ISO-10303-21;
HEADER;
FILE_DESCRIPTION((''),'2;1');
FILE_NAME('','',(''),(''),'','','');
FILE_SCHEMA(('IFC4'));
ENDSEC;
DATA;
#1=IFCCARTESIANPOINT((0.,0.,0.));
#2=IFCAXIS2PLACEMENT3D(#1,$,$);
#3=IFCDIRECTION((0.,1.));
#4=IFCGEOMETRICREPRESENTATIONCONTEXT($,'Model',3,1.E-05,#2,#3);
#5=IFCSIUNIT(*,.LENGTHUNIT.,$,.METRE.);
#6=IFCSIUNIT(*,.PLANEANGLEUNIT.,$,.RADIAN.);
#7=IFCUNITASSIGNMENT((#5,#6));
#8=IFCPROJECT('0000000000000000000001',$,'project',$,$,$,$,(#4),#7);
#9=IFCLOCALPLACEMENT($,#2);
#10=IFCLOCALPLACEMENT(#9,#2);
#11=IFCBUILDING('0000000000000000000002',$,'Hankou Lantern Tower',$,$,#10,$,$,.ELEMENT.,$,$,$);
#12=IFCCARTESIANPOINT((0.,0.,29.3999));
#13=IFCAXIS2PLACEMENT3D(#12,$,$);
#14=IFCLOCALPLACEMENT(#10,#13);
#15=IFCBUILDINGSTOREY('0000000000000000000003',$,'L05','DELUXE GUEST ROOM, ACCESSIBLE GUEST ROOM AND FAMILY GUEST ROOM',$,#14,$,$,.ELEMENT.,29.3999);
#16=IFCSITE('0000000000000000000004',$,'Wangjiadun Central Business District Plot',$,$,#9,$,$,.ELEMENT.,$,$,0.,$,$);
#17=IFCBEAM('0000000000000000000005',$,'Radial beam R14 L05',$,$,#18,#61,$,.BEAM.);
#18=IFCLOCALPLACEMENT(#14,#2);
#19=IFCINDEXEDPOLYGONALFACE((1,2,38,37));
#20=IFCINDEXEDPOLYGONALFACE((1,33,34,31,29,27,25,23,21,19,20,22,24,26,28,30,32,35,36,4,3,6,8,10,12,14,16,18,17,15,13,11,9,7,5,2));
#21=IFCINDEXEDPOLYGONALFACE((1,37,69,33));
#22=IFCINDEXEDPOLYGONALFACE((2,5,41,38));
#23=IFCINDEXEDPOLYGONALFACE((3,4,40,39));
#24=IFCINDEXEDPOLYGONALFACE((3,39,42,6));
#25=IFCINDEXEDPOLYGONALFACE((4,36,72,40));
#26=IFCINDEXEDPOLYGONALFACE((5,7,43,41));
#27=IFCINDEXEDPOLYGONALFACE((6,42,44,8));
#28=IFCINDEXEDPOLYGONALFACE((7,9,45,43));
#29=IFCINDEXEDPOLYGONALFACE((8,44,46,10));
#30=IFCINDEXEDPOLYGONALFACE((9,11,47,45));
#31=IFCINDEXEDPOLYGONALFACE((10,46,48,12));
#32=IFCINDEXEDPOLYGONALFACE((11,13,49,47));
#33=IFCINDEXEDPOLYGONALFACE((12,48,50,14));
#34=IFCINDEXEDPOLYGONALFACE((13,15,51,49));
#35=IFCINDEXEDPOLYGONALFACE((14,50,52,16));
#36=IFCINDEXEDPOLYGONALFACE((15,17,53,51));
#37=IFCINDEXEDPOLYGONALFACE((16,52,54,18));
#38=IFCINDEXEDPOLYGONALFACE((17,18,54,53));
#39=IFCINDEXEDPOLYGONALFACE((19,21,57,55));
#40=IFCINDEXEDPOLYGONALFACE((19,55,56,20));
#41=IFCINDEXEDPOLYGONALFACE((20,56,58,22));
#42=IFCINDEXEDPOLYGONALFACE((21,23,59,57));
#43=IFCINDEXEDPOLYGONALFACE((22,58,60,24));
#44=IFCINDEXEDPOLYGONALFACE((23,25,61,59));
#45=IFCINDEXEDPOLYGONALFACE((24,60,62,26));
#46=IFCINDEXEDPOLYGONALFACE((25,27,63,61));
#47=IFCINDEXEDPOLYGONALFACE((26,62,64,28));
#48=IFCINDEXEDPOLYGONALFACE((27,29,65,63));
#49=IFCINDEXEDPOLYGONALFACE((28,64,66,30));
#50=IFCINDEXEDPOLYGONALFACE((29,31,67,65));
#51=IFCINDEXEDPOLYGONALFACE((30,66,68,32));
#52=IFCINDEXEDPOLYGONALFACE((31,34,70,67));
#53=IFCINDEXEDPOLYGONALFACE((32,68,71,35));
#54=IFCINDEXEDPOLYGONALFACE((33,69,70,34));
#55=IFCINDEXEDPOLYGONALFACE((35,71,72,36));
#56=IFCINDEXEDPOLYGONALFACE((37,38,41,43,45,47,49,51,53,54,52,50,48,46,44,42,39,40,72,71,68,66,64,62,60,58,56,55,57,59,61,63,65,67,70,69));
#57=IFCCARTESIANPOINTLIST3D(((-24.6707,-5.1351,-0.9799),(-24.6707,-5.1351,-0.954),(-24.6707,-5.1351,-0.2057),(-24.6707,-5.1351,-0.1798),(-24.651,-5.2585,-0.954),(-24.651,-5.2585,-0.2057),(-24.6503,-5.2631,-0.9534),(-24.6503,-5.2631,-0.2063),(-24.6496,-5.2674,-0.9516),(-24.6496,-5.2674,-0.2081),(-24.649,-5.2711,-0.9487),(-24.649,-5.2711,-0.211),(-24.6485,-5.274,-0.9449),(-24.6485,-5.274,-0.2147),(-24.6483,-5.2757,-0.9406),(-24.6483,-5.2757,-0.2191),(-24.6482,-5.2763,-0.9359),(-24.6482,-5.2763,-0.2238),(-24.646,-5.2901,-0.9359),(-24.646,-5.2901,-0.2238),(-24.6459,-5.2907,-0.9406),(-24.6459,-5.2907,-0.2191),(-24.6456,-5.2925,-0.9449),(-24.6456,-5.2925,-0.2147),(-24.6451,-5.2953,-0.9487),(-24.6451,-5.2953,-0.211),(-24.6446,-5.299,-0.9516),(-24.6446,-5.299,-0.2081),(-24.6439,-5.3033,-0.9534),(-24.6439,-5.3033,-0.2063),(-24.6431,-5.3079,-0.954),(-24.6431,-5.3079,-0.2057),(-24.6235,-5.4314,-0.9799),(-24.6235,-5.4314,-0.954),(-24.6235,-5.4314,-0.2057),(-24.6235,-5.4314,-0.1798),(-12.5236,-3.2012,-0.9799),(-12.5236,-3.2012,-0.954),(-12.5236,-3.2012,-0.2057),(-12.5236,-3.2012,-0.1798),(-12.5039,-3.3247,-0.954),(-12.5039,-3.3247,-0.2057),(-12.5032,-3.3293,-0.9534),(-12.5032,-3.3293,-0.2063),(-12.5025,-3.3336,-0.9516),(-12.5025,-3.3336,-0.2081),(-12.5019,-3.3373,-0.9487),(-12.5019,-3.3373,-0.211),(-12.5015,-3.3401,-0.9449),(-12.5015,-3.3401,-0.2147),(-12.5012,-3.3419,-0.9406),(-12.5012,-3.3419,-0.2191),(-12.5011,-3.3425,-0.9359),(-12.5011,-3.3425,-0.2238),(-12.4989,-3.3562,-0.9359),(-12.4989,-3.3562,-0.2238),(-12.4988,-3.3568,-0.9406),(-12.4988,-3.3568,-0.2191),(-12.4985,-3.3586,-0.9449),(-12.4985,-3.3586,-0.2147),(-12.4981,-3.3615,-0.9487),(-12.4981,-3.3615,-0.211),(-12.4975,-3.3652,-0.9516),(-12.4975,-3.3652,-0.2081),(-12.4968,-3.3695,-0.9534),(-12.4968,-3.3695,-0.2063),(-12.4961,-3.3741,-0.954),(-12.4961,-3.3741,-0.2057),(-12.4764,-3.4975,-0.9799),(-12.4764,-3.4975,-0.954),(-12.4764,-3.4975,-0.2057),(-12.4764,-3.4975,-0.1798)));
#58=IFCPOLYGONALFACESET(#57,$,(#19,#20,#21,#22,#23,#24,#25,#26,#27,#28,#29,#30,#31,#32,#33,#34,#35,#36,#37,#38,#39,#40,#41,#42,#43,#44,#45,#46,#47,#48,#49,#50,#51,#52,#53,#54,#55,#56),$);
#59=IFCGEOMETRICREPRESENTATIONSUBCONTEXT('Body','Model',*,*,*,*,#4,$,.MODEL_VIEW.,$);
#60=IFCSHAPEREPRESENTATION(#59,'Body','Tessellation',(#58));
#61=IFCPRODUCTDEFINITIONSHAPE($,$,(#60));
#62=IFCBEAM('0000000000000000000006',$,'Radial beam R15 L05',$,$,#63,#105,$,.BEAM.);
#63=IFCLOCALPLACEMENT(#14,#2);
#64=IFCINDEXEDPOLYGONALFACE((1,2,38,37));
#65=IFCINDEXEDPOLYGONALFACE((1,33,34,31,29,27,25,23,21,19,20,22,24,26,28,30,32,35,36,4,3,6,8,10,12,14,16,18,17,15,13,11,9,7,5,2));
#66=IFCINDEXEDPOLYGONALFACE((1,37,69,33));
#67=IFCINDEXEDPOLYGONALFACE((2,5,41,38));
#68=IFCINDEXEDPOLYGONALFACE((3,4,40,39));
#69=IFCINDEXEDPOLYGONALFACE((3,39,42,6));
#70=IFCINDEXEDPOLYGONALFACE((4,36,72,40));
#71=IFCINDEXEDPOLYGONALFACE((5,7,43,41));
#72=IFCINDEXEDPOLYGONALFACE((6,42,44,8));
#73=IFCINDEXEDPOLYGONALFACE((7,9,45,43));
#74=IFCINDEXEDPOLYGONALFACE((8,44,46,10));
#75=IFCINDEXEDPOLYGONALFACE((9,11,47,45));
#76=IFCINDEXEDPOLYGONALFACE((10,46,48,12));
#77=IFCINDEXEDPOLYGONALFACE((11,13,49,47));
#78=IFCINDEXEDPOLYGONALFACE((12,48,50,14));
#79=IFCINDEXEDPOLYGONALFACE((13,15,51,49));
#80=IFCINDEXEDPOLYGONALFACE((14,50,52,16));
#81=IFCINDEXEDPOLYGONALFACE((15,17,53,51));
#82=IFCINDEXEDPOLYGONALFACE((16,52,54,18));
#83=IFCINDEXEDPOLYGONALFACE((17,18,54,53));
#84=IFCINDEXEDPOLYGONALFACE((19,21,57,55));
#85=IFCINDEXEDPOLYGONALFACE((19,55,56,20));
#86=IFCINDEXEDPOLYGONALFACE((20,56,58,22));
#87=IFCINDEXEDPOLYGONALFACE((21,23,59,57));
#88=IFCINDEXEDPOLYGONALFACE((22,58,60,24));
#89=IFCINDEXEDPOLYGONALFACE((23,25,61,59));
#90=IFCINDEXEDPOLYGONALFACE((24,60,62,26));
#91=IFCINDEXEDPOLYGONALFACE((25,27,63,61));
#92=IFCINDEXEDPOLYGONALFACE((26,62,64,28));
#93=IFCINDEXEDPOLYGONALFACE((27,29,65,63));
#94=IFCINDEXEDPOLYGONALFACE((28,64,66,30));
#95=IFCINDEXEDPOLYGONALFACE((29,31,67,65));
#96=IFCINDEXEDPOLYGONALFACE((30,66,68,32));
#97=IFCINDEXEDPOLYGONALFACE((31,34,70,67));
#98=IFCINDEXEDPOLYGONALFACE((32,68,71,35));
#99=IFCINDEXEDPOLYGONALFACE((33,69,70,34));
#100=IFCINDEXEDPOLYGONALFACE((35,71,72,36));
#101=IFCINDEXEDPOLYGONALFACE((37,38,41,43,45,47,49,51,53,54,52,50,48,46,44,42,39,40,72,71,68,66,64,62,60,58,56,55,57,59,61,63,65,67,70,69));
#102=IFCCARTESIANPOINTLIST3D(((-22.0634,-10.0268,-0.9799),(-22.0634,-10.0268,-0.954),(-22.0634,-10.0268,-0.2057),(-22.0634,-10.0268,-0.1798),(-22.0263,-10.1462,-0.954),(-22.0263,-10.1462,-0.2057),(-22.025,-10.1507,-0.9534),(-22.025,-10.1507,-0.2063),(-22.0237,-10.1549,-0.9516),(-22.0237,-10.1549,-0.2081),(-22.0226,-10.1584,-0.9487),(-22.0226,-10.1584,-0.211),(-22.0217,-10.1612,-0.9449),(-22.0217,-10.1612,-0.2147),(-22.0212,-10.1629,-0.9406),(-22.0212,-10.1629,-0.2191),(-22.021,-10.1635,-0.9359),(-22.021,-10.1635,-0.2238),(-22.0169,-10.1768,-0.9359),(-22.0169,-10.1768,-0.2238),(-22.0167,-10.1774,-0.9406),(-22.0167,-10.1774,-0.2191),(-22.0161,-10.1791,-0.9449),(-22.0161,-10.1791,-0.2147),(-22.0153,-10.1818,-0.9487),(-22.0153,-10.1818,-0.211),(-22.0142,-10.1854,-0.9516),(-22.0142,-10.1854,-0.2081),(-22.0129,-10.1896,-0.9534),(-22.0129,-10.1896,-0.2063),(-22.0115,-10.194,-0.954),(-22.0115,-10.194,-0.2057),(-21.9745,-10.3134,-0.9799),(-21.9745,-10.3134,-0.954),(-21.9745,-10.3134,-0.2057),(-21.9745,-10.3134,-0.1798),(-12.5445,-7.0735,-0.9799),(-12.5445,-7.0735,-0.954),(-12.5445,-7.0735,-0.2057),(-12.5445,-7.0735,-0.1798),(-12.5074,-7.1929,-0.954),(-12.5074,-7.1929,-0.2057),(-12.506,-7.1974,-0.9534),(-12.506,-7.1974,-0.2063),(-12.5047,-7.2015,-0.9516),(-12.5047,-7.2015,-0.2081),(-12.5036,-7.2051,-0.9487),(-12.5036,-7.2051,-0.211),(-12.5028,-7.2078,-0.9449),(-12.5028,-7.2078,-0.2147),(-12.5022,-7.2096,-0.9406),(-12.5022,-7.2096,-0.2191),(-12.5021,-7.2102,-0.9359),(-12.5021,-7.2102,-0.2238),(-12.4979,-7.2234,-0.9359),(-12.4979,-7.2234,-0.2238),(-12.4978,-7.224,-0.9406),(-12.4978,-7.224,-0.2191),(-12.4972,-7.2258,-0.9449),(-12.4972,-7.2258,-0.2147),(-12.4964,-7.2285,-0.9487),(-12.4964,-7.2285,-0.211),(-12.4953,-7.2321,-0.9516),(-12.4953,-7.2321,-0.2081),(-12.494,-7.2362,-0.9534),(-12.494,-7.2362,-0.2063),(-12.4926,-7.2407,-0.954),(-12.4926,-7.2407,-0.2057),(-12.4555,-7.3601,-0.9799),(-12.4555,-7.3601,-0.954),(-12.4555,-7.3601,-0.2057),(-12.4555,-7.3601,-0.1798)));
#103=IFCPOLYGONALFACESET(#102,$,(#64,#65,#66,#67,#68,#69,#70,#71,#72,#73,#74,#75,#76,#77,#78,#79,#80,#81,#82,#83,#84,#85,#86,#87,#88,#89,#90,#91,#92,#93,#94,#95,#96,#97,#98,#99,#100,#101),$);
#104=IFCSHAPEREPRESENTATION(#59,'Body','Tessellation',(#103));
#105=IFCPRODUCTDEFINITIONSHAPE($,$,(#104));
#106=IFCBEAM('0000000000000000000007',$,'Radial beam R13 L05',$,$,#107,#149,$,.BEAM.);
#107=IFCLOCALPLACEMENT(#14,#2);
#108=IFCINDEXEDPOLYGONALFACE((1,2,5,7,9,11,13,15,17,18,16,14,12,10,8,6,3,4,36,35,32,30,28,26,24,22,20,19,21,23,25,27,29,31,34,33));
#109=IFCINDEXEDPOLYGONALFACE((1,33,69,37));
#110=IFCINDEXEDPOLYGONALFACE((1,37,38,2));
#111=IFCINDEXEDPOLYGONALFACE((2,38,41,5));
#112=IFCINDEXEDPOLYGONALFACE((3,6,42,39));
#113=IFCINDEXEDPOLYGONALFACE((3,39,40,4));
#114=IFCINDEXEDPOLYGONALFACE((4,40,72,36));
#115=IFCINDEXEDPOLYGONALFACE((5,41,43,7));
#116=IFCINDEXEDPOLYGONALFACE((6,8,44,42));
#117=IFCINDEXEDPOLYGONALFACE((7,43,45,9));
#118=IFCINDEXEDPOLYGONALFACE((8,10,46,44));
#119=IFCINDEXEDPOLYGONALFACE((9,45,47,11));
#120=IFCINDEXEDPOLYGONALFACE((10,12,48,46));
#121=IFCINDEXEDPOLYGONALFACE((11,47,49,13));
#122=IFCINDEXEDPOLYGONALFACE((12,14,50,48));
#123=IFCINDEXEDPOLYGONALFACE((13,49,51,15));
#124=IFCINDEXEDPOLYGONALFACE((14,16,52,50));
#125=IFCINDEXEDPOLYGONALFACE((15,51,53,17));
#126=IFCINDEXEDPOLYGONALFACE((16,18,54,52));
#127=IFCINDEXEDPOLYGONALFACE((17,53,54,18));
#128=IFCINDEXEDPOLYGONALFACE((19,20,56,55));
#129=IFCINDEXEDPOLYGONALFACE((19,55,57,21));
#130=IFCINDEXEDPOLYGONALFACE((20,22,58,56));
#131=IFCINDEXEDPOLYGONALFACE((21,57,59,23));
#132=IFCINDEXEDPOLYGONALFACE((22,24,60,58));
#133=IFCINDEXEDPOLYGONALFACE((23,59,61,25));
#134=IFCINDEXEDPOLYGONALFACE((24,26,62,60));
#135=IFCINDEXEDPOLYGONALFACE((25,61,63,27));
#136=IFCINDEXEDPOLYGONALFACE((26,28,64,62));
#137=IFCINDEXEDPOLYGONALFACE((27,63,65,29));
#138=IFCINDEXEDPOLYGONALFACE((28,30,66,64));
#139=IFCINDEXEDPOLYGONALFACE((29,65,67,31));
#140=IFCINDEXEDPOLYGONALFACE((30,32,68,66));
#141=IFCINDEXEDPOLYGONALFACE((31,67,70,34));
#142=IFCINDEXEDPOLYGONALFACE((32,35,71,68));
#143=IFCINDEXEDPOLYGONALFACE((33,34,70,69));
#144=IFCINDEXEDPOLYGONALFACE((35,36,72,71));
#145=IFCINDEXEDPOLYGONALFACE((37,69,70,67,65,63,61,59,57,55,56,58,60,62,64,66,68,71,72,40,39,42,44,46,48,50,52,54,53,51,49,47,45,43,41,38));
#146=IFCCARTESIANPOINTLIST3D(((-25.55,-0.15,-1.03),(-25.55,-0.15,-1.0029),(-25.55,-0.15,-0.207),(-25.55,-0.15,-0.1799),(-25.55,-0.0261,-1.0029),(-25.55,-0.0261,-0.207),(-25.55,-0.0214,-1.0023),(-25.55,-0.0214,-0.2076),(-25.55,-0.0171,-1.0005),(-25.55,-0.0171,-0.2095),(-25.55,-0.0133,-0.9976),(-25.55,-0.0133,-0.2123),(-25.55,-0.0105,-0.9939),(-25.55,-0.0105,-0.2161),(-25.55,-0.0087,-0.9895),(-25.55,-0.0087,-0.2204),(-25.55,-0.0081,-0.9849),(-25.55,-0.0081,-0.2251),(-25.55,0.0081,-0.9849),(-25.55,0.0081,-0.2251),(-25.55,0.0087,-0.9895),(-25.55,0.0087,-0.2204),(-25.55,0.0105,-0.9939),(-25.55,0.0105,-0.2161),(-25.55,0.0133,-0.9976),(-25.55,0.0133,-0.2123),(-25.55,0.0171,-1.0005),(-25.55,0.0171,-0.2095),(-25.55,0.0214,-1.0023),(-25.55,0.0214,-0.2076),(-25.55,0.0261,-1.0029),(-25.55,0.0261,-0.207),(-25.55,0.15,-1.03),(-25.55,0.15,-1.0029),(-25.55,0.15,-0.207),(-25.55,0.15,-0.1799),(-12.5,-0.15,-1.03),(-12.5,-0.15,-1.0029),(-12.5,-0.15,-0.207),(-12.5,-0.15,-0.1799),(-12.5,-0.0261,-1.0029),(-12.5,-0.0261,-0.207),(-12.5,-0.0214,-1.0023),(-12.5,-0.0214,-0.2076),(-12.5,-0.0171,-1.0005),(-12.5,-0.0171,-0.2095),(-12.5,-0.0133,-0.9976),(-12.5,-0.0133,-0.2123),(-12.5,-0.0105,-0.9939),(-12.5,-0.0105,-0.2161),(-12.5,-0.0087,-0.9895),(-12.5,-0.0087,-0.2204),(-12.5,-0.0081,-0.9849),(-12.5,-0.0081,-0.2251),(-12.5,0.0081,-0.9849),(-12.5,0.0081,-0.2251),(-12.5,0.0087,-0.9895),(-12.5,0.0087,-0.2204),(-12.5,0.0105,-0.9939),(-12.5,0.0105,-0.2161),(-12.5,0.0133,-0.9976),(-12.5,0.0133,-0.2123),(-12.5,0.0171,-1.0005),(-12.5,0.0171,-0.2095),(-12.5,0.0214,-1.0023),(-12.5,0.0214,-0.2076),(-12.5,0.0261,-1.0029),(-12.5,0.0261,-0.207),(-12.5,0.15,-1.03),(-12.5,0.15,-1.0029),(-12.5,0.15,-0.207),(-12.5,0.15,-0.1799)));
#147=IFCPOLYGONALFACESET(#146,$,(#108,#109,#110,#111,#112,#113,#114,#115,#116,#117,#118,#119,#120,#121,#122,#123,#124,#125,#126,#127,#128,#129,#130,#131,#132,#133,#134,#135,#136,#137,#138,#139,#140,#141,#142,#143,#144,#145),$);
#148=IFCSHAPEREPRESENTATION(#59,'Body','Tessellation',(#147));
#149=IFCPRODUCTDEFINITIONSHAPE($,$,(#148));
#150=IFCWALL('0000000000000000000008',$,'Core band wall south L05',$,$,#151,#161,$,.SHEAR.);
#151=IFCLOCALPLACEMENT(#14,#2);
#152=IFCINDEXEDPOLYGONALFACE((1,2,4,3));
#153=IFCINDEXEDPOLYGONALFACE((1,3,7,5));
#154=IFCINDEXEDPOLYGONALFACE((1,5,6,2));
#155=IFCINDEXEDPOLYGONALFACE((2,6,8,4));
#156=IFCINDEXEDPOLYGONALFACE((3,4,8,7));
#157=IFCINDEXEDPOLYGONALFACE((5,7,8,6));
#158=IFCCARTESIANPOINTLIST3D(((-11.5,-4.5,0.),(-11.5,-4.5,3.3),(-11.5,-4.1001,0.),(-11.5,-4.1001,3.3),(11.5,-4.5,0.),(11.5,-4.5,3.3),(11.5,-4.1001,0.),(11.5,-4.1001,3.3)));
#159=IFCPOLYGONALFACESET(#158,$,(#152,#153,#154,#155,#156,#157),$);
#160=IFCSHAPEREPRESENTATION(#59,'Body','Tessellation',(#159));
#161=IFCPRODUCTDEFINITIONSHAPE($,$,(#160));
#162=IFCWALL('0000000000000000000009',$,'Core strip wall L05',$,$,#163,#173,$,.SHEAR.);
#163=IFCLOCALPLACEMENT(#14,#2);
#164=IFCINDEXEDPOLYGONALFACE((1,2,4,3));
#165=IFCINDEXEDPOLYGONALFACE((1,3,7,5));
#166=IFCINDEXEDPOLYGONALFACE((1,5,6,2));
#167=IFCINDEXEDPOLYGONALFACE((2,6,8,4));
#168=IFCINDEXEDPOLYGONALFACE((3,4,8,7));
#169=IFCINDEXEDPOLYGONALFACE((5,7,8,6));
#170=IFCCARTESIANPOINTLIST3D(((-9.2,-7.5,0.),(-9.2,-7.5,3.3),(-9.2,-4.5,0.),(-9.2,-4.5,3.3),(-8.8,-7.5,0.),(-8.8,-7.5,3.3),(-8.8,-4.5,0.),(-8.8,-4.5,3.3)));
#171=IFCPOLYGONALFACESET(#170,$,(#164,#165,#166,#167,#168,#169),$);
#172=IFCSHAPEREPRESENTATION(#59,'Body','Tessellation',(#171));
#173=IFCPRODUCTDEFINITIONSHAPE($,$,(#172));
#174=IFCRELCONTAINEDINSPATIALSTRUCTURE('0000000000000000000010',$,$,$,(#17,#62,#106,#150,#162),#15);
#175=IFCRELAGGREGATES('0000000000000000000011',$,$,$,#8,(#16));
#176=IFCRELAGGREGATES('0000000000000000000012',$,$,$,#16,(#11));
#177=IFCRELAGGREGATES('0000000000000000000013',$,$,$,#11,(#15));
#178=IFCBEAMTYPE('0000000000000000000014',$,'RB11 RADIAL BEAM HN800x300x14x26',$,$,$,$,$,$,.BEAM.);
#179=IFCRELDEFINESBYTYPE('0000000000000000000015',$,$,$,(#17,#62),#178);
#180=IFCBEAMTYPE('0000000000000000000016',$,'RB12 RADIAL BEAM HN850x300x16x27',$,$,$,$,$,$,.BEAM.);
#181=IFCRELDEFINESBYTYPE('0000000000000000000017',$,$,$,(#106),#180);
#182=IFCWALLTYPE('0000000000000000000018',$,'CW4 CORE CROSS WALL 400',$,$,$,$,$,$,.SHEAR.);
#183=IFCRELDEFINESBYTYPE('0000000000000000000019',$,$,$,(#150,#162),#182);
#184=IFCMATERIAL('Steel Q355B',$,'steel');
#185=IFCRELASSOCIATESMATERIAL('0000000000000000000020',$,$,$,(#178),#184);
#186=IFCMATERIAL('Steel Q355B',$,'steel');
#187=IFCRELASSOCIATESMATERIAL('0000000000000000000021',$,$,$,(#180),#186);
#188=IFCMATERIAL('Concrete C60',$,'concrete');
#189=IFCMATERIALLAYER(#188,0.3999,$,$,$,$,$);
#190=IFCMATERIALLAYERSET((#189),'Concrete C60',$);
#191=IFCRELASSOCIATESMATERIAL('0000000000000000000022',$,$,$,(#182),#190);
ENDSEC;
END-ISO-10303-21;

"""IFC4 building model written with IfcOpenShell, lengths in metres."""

from ifc_helpers import new_model, si_unit, direction, frame, frame_2d, origin, origin_2d, place, context, subcontext, project, spatial, rectangle, i_section, extrude, material, layer, layer_set, material_profile, profile_set, type_object, element, save


model = new_model("IFC4")

# Units and contexts
model_context = context("Model", 3, precision=1e-05, world=origin(), true_north=direction((0.0, 1.0)))
body_context = subcontext(model_context, "Body", "Model", "MODEL_VIEW")
ifc_project = project(units=[si_unit("LENGTHUNIT", "METRE"), si_unit("PLANEANGLEUNIT", "RADIAN")], contexts=[model_context])

# Site, building, storey
site_placement = place(None, origin())
site = spatial("IfcSite", under=ifc_project, at=site_placement, Name="Wangjiadun Central Business District Plot", CompositionType="ELEMENT", RefElevation=0.0)
building_placement = place(site_placement, origin())
building = spatial("IfcBuilding", under=site, at=building_placement, Name="Hankou Lantern Tower", CompositionType="ELEMENT")
storey_placement = place(building_placement, frame((0.0, 0.0, 29.3999)))
storey = spatial("IfcBuildingStorey", under=building, at=storey_placement, Name="L05", Description="DELUXE GUEST ROOM, ACCESSIBLE GUEST ROOM AND FAMILY GUEST ROOM", CompositionType="ELEMENT", Elevation=29.3999)

# Beams
ifc_material_1 = material(Name="Steel Q355B", Category="steel")
ifc_material_profile_1 = material_profile(ifc_material_1, i_section(OverallWidth=0.3, OverallDepth=0.8, WebThickness=0.0139, FlangeThickness=0.0259, FilletRadius=0.0181, at=origin_2d()), Name="HN800x300x14x26")
ifc_profile_set_1 = profile_set([ifc_material_profile_1], Name="Steel Q355B")
beam_type_1 = type_object("IfcBeamType", Name="RB11 RADIAL BEAM HN800x300x14x26", PredefinedType="BEAM", material=ifc_profile_set_1)
beam_1_placement = place(storey_placement, frame((-12.5, -3.3494, -0.5798), z_axis=(-0.987563, -0.157223, 0.0), x_axis=(0.157223, -0.987563, 0.0)))
element("IfcBeam", 1, at=beam_1_placement, inside=storey, type_object=beam_type_1, Name="Radial beam R14 L05", PredefinedType="BEAM", context=body_context, shape_type="SweptSolid", body=[
    extrude(i_section(OverallWidth=0.3, OverallDepth=0.8, WebThickness=0.0139, FlangeThickness=0.0259, FilletRadius=0.0181, at=origin_2d()), origin(), (0.0, 0.0, 1.0), 12.3),
])
beam_2_placement = place(storey_placement, frame((-12.5, -7.2168, -0.5798), z_axis=(-0.955087, -0.296324, 0.0), x_axis=(0.296324, -0.955087, 0.0)))
element("IfcBeam", 2, at=beam_2_placement, inside=storey, type_object=beam_type_1, Name="Radial beam R15 L05", PredefinedType="BEAM", context=body_context, shape_type="SweptSolid", body=[
    extrude(i_section(OverallWidth=0.3, OverallDepth=0.8, WebThickness=0.0139, FlangeThickness=0.0259, FilletRadius=0.0181, at=origin_2d()), origin(), (0.0, 0.0, 1.0), 9.9666),
])
ifc_material_2 = material(Name="Steel Q355B", Category="steel")
ifc_material_profile_2 = material_profile(ifc_material_2, i_section(OverallWidth=0.3, OverallDepth=0.8501, WebThickness=0.0161, FlangeThickness=0.0271, FilletRadius=0.0181, at=origin_2d()), Name="HN850x300x16x27")
ifc_profile_set_2 = profile_set([ifc_material_profile_2], Name="Steel Q355B")
beam_type_2 = type_object("IfcBeamType", Name="RB12 RADIAL BEAM HN850x300x16x27", PredefinedType="BEAM", material=ifc_profile_set_2)
beam_3_placement = place(storey_placement, frame((-12.5, 0.0, -0.605), z_axis=(-1.0, 0.0, 0.0), x_axis=(0.0, -1.0, 0.0)))
element("IfcBeam", 3, at=beam_3_placement, inside=storey, type_object=beam_type_2, Name="Radial beam R13 L05", PredefinedType="BEAM", context=body_context, shape_type="SweptSolid", body=[
    extrude(i_section(OverallWidth=0.3, OverallDepth=0.8501, WebThickness=0.0161, FlangeThickness=0.0271, FilletRadius=0.0181, at=origin_2d()), origin(), (0.0, 0.0, 1.0), 13.05),
])

# Walls
ifc_material_3 = material(Name="Concrete C60", Category="concrete")
ifc_layer_1 = layer(ifc_material_3, 0.3999)
ifc_layer_set_1 = layer_set([ifc_layer_1], Name="Concrete C60")
wall_type_1 = type_object("IfcWallType", Name="CW4 CORE CROSS WALL 400", PredefinedType="SHEAR", material=ifc_layer_set_1)
wall_1_placement = place(storey_placement, frame((-11.5, -4.3, 0.0), z_axis=(0.0, 0.0, 1.0), x_axis=(1.0, 0.0, 0.0)))
element("IfcWall", 4, at=wall_1_placement, inside=storey, type_object=wall_type_1, Name="Core band wall south L05", PredefinedType="SHEAR", context=body_context, shape_type="SweptSolid", body=[
    extrude(rectangle(XDim=23.0, YDim=0.3999, at=frame_2d((11.5, 0.0))), origin(), (0.0, 0.0, 1.0), 3.3),
])
wall_2_placement = place(storey_placement, frame((-9.0, -7.5, 0.0), z_axis=(0.0, 0.0, 1.0), x_axis=(0.0, 1.0, 0.0)))
element("IfcWall", 5, at=wall_2_placement, inside=storey, type_object=wall_type_1, Name="Core strip wall L05", PredefinedType="SHEAR", context=body_context, shape_type="SweptSolid", body=[
    extrude(rectangle(XDim=3.0, YDim=0.3999, at=frame_2d((1.5, 0.0))), origin(), (0.0, 0.0, 1.0), 3.3),
])

save(model, "model.ifc")
